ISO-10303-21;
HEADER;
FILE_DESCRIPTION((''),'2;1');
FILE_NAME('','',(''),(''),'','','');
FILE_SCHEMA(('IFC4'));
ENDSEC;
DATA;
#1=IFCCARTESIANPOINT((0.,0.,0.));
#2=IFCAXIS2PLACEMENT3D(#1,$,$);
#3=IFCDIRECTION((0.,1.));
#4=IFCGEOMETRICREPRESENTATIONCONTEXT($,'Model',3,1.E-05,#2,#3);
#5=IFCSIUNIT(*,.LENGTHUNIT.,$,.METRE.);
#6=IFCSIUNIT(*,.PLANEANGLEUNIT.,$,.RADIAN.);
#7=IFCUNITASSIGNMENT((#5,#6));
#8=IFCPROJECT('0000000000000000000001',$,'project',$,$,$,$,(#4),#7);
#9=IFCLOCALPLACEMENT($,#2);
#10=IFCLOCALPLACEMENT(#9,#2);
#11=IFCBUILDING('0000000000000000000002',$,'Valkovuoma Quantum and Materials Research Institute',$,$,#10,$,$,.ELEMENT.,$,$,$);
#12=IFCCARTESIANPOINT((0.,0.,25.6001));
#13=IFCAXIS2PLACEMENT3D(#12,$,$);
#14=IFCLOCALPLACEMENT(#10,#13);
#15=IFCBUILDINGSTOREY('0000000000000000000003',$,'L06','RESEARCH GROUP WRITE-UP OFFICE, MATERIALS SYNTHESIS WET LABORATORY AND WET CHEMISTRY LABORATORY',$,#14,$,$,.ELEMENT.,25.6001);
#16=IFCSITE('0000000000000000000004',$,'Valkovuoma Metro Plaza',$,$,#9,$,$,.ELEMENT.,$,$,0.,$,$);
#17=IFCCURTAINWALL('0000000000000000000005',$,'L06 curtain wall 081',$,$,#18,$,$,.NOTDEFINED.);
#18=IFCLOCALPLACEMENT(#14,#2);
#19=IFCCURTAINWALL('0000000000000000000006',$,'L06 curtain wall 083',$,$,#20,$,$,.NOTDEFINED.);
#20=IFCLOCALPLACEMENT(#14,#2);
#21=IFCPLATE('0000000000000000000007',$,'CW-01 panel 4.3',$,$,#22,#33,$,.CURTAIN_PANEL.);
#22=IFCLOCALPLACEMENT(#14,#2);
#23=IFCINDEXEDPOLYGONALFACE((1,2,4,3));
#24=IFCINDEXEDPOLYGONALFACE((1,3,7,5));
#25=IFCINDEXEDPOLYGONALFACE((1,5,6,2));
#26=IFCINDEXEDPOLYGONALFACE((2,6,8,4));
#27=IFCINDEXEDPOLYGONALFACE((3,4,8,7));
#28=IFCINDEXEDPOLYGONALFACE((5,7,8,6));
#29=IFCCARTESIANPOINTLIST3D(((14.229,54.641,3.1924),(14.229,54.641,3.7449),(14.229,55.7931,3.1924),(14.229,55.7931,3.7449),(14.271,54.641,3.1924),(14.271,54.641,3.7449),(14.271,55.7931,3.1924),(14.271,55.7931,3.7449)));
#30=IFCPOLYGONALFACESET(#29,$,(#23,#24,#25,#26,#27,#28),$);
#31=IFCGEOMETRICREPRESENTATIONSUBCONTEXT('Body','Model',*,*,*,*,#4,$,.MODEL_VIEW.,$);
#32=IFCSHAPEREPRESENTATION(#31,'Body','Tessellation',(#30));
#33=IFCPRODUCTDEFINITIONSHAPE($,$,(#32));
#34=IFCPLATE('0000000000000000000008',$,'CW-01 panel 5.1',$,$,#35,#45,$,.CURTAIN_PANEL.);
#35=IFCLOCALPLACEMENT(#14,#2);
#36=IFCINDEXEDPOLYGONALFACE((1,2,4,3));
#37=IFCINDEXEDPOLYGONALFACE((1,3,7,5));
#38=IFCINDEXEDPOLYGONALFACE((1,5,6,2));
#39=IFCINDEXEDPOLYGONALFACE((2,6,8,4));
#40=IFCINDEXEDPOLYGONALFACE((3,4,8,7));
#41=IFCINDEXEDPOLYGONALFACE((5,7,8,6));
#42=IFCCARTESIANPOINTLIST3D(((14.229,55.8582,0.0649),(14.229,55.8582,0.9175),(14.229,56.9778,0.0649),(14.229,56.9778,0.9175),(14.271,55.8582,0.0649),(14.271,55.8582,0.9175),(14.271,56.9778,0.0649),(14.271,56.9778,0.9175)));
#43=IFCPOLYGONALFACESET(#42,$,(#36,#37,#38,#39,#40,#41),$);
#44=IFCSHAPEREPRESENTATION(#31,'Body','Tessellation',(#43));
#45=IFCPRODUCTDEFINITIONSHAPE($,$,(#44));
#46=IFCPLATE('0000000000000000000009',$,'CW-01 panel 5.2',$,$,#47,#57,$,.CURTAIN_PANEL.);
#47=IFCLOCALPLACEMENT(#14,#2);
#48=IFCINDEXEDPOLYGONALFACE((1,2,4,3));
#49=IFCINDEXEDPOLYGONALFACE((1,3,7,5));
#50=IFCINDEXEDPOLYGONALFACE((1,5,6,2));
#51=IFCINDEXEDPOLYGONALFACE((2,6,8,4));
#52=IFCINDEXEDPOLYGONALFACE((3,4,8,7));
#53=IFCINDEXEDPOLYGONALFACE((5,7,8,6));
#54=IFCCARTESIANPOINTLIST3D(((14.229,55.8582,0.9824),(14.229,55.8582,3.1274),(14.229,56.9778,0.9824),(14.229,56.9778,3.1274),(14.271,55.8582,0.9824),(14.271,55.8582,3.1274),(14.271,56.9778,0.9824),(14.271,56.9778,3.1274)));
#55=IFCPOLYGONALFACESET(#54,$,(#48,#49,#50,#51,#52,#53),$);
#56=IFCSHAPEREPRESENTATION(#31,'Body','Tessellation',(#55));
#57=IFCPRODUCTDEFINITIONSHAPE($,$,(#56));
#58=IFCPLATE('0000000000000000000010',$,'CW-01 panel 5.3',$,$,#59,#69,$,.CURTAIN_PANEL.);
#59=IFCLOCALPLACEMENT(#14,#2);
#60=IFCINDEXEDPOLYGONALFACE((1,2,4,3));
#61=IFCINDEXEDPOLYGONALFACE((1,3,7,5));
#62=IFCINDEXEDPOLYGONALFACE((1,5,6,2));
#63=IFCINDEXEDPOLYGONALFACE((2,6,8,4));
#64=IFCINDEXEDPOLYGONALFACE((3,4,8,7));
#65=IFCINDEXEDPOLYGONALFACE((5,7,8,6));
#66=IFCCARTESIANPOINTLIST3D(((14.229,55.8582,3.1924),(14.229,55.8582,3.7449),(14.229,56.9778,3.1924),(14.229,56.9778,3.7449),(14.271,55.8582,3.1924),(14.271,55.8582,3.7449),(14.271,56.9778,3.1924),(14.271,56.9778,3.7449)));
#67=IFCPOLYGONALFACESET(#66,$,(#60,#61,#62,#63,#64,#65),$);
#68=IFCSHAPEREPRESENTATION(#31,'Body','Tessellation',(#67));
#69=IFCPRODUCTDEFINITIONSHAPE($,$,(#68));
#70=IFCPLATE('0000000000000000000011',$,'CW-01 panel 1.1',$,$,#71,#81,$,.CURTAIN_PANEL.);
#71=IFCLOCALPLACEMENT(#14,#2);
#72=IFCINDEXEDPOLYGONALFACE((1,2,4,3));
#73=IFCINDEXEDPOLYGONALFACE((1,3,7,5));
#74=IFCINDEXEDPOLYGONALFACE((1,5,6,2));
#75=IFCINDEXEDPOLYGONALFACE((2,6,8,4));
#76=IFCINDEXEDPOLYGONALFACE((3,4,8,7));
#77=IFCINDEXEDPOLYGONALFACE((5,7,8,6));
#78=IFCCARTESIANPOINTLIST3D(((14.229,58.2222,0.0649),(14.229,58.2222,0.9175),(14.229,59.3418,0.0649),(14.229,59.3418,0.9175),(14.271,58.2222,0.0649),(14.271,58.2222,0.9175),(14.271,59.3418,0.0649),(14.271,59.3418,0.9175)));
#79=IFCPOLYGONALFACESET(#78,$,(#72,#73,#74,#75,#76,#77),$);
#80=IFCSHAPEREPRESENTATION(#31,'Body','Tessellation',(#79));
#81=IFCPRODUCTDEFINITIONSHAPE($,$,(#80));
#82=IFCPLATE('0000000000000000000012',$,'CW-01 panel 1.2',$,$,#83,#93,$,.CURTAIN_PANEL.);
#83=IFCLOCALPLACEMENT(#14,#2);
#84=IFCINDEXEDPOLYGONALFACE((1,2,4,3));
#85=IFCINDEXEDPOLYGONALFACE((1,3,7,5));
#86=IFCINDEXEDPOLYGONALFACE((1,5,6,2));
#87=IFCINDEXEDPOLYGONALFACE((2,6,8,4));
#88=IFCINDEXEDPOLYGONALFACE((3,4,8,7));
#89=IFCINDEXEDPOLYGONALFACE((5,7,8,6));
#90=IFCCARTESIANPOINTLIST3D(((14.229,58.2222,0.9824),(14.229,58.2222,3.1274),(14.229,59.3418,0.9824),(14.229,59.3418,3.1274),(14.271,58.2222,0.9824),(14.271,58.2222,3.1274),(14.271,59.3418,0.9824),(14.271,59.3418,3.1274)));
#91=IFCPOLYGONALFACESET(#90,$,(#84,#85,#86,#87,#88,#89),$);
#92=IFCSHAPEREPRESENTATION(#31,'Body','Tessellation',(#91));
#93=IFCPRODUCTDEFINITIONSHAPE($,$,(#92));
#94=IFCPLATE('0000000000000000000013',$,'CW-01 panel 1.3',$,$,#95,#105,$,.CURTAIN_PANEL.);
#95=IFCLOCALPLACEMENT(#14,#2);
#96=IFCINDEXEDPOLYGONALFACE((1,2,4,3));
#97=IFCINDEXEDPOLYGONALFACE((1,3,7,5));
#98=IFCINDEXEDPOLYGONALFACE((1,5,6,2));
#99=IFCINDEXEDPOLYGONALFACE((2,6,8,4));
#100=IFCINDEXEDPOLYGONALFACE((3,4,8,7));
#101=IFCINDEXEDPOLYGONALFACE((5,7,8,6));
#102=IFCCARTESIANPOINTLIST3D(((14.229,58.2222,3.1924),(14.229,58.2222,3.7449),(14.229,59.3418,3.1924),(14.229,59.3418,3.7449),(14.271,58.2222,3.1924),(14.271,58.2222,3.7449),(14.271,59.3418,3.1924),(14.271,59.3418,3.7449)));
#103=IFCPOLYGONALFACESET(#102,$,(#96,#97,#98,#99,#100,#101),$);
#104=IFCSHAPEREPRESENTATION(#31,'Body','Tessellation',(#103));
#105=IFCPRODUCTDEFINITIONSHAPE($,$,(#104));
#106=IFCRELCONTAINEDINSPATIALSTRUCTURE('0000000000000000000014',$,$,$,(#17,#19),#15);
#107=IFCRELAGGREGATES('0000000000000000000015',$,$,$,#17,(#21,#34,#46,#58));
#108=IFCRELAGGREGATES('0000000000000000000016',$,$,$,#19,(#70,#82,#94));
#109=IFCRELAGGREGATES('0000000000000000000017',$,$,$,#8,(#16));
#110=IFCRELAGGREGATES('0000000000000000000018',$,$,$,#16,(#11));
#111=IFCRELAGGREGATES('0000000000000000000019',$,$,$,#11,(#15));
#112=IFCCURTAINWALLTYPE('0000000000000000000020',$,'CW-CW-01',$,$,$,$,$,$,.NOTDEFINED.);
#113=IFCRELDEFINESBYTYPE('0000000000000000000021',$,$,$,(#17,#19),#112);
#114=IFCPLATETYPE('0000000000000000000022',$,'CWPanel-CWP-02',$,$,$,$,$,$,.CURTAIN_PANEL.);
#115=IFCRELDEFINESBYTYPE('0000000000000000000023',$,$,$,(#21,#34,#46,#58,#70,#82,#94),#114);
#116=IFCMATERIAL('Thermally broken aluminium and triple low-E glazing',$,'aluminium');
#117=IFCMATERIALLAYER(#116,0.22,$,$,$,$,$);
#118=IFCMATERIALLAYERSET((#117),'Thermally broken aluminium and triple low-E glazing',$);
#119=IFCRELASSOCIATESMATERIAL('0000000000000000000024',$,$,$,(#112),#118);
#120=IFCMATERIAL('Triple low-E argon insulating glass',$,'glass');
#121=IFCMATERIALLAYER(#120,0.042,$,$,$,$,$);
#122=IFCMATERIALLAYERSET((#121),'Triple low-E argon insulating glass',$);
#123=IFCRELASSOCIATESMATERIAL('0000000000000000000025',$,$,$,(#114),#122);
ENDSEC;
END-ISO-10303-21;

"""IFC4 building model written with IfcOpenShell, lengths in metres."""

from ifc_helpers import new_model, si_unit, direction, frame, origin, origin_2d, place, context, subcontext, project, spatial, rectangle, extrude, material, layer, layer_set, type_object, element, aggregate, save


model = new_model("IFC4")

# Units and contexts
model_context = context("Model", 3, precision=1e-05, world=origin(), true_north=direction((0.0, 1.0)))
body_context = subcontext(model_context, "Body", "Model", "MODEL_VIEW")
ifc_project = project(units=[si_unit("LENGTHUNIT", "METRE"), si_unit("PLANEANGLEUNIT", "RADIAN")], contexts=[model_context])

# Site, building, storey
site_placement = place(None, origin())
site = spatial("IfcSite", under=ifc_project, at=site_placement, Name="Valkovuoma Metro Plaza", CompositionType="ELEMENT", RefElevation=0.0)
building_placement = place(site_placement, origin())
building = spatial("IfcBuilding", under=site, at=building_placement, Name="Valkovuoma Quantum and Materials Research Institute", CompositionType="ELEMENT")
storey_placement = place(building_placement, frame((0.0, 0.0, 25.6001)))
storey = spatial("IfcBuildingStorey", under=building, at=storey_placement, Name="L06", Description="RESEARCH GROUP WRITE-UP OFFICE, MATERIALS SYNTHESIS WET LABORATORY AND WET CHEMISTRY LABORATORY", CompositionType="ELEMENT", Elevation=25.6001)

# Curtain walls
ifc_material_1 = material(Name="Thermally broken aluminium and triple low-E glazing", Category="aluminium")
ifc_layer_1 = layer(ifc_material_1, 0.22)
ifc_layer_set_1 = layer_set([ifc_layer_1], Name="Thermally broken aluminium and triple low-E glazing")
curtain_wall_type = type_object("IfcCurtainWallType", Name="CW-CW-01", PredefinedType="NOTDEFINED", material=ifc_layer_set_1)
curtain_wall_1_placement = place(storey_placement, origin())
curtain_wall_1 = element("IfcCurtainWall", 1, at=curtain_wall_1_placement, inside=storey, type_object=curtain_wall_type, Name="L06 curtain wall 081", PredefinedType="NOTDEFINED")
curtain_wall_2_placement = place(storey_placement, origin())
curtain_wall_2 = element("IfcCurtainWall", 2, at=curtain_wall_2_placement, inside=storey, type_object=curtain_wall_type, Name="L06 curtain wall 083", PredefinedType="NOTDEFINED")

# Plates
ifc_material_2 = material(Name="Triple low-E argon insulating glass", Category="glass")
ifc_layer_2 = layer(ifc_material_2, 0.042)
ifc_layer_set_2 = layer_set([ifc_layer_2], Name="Triple low-E argon insulating glass")
plate_type = type_object("IfcPlateType", Name="CWPanel-CWP-02", PredefinedType="CURTAIN_PANEL", material=ifc_layer_set_2)
plate_1_placement = place(storey_placement, frame((14.25, 55.217, 3.1924), z_axis=(0.0, 0.0, 1.0), x_axis=(0.0, 1.0, 0.0)))
plate_1 = element("IfcPlate", 3, at=plate_1_placement, type_object=plate_type, Name="CW-01 panel 4.3", PredefinedType="CURTAIN_PANEL", context=body_context, shape_type="SweptSolid", body=[
    extrude(rectangle(XDim=1.1521, YDim=0.042, at=origin_2d()), origin(), (0.0, 0.0, 1.0), 0.5525),
])
plate_2_placement = place(storey_placement, frame((14.25, 56.418, 0.0649), z_axis=(0.0, 0.0, 1.0), x_axis=(0.0, 1.0, 0.0)))
plate_2 = element("IfcPlate", 4, at=plate_2_placement, type_object=plate_type, Name="CW-01 panel 5.1", PredefinedType="CURTAIN_PANEL", context=body_context, shape_type="SweptSolid", body=[
    extrude(rectangle(XDim=1.1196, YDim=0.042, at=origin_2d()), origin(), (0.0, 0.0, 1.0), 0.8525),
])
plate_3_placement = place(storey_placement, frame((14.25, 56.418, 0.9824), z_axis=(0.0, 0.0, 1.0), x_axis=(0.0, 1.0, 0.0)))
plate_3 = element("IfcPlate", 5, at=plate_3_placement, type_object=plate_type, Name="CW-01 panel 5.2", PredefinedType="CURTAIN_PANEL", context=body_context, shape_type="SweptSolid", body=[
    extrude(rectangle(XDim=1.1196, YDim=0.042, at=origin_2d()), origin(), (0.0, 0.0, 1.0), 2.145),
])
plate_4_placement = place(storey_placement, frame((14.25, 56.418, 3.1924), z_axis=(0.0, 0.0, 1.0), x_axis=(0.0, 1.0, 0.0)))
plate_4 = element("IfcPlate", 6, at=plate_4_placement, type_object=plate_type, Name="CW-01 panel 5.3", PredefinedType="CURTAIN_PANEL", context=body_context, shape_type="SweptSolid", body=[
    extrude(rectangle(XDim=1.1196, YDim=0.042, at=origin_2d()), origin(), (0.0, 0.0, 1.0), 0.5525),
])
aggregate(curtain_wall_1, [plate_1, plate_2, plate_3, plate_4])
plate_5_placement = place(storey_placement, frame((14.25, 58.782, 0.0649), z_axis=(0.0, 0.0, 1.0), x_axis=(0.0, 1.0, 0.0)))
plate_5 = element("IfcPlate", 7, at=plate_5_placement, type_object=plate_type, Name="CW-01 panel 1.1", PredefinedType="CURTAIN_PANEL", context=body_context, shape_type="SweptSolid", body=[
    extrude(rectangle(XDim=1.1196, YDim=0.042, at=origin_2d()), origin(), (0.0, 0.0, 1.0), 0.8525),
])
plate_6_placement = place(storey_placement, frame((14.25, 58.782, 0.9824), z_axis=(0.0, 0.0, 1.0), x_axis=(0.0, 1.0, 0.0)))
plate_6 = element("IfcPlate", 8, at=plate_6_placement, type_object=plate_type, Name="CW-01 panel 1.2", PredefinedType="CURTAIN_PANEL", context=body_context, shape_type="SweptSolid", body=[
    extrude(rectangle(XDim=1.1196, YDim=0.042, at=origin_2d()), origin(), (0.0, 0.0, 1.0), 2.145),
])
plate_7_placement = place(storey_placement, frame((14.25, 58.782, 3.1924), z_axis=(0.0, 0.0, 1.0), x_axis=(0.0, 1.0, 0.0)))
plate_7 = element("IfcPlate", 9, at=plate_7_placement, type_object=plate_type, Name="CW-01 panel 1.3", PredefinedType="CURTAIN_PANEL", context=body_context, shape_type="SweptSolid", body=[
    extrude(rectangle(XDim=1.1196, YDim=0.042, at=origin_2d()), origin(), (0.0, 0.0, 1.0), 0.5525),
])
aggregate(curtain_wall_2, [plate_5, plate_6, plate_7])

save(model, "model.ifc")
